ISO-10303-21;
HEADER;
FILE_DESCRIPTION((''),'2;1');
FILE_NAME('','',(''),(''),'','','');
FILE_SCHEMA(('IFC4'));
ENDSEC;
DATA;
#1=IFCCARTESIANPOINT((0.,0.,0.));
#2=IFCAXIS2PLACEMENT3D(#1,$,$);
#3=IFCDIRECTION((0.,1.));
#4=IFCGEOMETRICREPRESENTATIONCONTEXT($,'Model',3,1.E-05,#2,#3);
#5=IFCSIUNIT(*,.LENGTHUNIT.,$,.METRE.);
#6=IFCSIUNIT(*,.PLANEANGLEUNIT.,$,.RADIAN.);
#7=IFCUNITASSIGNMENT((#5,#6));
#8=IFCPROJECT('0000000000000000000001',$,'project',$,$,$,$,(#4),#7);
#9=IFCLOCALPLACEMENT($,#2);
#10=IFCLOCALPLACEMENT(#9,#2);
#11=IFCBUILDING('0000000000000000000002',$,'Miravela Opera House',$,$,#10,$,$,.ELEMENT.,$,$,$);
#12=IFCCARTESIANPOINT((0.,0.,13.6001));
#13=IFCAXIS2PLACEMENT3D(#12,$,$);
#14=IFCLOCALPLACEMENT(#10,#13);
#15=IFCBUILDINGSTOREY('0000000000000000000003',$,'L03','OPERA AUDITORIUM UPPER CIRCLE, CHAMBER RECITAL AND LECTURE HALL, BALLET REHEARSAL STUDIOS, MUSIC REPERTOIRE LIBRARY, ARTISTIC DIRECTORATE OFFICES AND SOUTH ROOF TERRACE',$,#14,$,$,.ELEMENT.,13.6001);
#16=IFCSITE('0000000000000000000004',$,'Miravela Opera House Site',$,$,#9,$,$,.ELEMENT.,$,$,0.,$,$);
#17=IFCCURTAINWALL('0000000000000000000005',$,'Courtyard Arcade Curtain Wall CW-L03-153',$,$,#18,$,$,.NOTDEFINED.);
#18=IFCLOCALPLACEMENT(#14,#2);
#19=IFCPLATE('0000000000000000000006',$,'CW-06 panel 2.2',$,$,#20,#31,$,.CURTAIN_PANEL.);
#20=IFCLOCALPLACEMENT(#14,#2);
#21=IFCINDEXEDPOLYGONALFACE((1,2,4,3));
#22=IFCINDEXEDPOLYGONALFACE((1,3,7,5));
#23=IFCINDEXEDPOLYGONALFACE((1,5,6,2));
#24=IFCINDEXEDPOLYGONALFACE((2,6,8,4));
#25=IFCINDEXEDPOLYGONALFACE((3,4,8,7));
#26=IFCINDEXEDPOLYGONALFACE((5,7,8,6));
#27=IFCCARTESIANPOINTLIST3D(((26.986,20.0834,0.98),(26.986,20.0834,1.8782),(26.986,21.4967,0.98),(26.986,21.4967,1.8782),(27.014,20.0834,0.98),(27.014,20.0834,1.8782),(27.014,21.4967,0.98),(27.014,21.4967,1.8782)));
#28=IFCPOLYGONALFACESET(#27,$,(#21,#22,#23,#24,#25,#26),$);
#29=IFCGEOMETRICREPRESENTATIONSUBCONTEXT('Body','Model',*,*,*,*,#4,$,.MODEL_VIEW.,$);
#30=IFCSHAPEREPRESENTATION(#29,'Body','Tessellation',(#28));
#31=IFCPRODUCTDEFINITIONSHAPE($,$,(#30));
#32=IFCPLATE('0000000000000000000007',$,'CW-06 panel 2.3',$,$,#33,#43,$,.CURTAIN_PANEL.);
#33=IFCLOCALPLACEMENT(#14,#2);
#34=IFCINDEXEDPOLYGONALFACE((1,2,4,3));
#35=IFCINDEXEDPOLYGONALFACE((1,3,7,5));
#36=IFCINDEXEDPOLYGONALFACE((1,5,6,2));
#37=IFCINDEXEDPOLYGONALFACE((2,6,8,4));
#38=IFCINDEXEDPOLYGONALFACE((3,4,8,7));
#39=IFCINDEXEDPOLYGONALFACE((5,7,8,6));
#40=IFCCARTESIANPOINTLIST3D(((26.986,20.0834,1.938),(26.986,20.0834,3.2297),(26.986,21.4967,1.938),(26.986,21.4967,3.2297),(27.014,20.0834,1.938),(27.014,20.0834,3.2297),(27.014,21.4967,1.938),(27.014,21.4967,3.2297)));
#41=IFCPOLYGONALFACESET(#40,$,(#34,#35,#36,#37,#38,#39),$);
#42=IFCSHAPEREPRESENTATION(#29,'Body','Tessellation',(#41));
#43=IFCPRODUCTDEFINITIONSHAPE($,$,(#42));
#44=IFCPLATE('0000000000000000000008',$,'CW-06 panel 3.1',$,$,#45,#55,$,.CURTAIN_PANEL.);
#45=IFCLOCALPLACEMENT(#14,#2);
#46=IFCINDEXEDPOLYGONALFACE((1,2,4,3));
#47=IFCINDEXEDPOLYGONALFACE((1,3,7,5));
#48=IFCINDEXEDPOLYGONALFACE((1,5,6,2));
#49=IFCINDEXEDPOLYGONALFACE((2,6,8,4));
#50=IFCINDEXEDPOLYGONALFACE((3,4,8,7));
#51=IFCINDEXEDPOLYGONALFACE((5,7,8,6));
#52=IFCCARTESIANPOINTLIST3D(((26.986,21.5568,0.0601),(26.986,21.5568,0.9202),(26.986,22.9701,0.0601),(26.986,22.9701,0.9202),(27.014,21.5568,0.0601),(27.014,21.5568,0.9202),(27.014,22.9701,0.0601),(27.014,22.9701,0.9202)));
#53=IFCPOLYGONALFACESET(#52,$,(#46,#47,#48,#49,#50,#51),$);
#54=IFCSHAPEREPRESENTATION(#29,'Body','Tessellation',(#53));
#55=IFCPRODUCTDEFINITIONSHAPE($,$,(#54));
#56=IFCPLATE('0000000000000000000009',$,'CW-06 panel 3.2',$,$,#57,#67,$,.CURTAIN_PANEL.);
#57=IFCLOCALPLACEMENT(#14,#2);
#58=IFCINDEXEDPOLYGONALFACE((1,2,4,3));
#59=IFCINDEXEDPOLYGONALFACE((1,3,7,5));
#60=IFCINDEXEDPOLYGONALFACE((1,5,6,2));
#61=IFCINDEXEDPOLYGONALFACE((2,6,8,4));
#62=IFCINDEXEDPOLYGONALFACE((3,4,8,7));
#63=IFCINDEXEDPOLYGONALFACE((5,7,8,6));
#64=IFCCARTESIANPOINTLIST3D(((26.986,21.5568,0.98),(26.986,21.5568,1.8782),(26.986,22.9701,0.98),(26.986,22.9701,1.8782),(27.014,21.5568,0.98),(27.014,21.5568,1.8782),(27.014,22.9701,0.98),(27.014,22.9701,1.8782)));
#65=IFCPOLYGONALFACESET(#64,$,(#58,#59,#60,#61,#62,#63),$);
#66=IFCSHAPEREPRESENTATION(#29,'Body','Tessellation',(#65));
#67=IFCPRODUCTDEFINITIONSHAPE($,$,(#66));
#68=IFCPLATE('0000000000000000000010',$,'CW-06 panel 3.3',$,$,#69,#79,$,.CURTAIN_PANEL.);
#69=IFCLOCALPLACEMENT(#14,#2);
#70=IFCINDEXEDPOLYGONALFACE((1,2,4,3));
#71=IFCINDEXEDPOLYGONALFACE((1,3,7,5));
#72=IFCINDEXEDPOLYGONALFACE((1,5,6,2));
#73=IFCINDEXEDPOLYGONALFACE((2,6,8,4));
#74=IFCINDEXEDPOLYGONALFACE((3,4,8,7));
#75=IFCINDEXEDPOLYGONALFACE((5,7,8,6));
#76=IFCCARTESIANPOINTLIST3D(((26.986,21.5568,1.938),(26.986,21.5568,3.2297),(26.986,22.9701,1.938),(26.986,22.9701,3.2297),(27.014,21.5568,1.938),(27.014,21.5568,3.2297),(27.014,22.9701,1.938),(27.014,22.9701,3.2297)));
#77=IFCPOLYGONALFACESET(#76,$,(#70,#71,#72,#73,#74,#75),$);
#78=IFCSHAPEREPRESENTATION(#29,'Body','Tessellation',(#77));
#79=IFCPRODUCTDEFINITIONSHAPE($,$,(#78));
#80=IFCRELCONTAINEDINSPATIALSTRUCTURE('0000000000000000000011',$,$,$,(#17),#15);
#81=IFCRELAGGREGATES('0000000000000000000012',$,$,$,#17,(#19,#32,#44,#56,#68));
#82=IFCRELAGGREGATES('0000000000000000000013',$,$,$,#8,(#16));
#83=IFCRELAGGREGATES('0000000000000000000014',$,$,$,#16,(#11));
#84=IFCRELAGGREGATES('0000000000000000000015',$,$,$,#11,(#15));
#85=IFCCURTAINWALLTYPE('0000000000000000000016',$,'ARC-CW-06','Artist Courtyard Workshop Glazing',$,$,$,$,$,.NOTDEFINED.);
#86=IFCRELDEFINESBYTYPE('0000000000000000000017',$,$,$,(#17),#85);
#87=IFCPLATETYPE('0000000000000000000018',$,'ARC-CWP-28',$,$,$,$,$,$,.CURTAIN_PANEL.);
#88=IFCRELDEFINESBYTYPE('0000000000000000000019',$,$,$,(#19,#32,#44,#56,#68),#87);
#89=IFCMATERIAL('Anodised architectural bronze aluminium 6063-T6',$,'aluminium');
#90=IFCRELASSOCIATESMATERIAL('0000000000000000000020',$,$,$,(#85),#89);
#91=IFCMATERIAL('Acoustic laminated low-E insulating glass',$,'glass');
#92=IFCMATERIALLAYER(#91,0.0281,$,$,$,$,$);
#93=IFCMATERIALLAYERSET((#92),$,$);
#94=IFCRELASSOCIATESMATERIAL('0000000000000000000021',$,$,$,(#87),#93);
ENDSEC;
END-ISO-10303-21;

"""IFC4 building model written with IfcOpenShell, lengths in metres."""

from ifc_helpers import new_model, si_unit, direction, frame, origin, origin_2d, place, context, subcontext, project, spatial, rectangle, extrude, material, layer, layer_set, type_object, element, aggregate, save


model = new_model("IFC4")

# Units and contexts
model_context = context("Model", 3, precision=1e-05, world=origin(), true_north=direction((0.0, 1.0)))
body_context = subcontext(model_context, "Body", "Model", "MODEL_VIEW")
ifc_project = project(units=[si_unit("LENGTHUNIT", "METRE"), si_unit("PLANEANGLEUNIT", "RADIAN")], contexts=[model_context])

# Site, building, storey
site_placement = place(None, origin())
site = spatial("IfcSite", under=ifc_project, at=site_placement, Name="Miravela Opera House Site", CompositionType="ELEMENT", RefElevation=0.0)
building_placement = place(site_placement, origin())
building = spatial("IfcBuilding", under=site, at=building_placement, Name="Miravela Opera House", CompositionType="ELEMENT")
storey_placement = place(building_placement, frame((0.0, 0.0, 13.6001)))
storey = spatial("IfcBuildingStorey", under=building, at=storey_placement, Name="L03", Description="OPERA AUDITORIUM UPPER CIRCLE, CHAMBER RECITAL AND LECTURE HALL, BALLET REHEARSAL STUDIOS, MUSIC REPERTOIRE LIBRARY, ARTISTIC DIRECTORATE OFFICES AND SOUTH ROOF TERRACE", CompositionType="ELEMENT", Elevation=13.6001)

# Curtain wall, plates
ifc_material_1 = material(Name="Anodised architectural bronze aluminium 6063-T6", Category="aluminium")
curtain_wall_type = type_object("IfcCurtainWallType", Name="ARC-CW-06", Description="Artist Courtyard Workshop Glazing", PredefinedType="NOTDEFINED", material=ifc_material_1)
curtain_wall_placement = place(storey_placement, origin())
curtain_wall = element("IfcCurtainWall", 1, at=curtain_wall_placement, inside=storey, type_object=curtain_wall_type, Name="Courtyard Arcade Curtain Wall CW-L03-153", PredefinedType="NOTDEFINED")
ifc_material_2 = material(Name="Acoustic laminated low-E insulating glass", Category="glass")
ifc_layer = layer(ifc_material_2, 0.0281)
ifc_layer_set = layer_set([ifc_layer])
plate_type = type_object("IfcPlateType", Name="ARC-CWP-28", PredefinedType="CURTAIN_PANEL", material=ifc_layer_set)
plate_1_placement = place(storey_placement, frame((27.0, 20.79, 0.98), z_axis=(0.0, 0.0, 1.0), x_axis=(0.0, 1.0, 0.0)))
plate_1 = element("IfcPlate", 2, at=plate_1_placement, type_object=plate_type, Name="CW-06 panel 2.2", PredefinedType="CURTAIN_PANEL", context=body_context, shape_type="SweptSolid", body=[
    extrude(rectangle(XDim=1.4133, YDim=0.0281, at=origin_2d()), origin(), (0.0, 0.0, 1.0), 0.8982),
])
plate_2_placement = place(storey_placement, frame((27.0, 20.79, 1.938), z_axis=(0.0, 0.0, 1.0), x_axis=(0.0, 1.0, 0.0)))
plate_2 = element("IfcPlate", 3, at=plate_2_placement, type_object=plate_type, Name="CW-06 panel 2.3", PredefinedType="CURTAIN_PANEL", context=body_context, shape_type="SweptSolid", body=[
    extrude(rectangle(XDim=1.4133, YDim=0.0281, at=origin_2d()), origin(), (0.0, 0.0, 1.0), 1.2917),
])
plate_3_placement = place(storey_placement, frame((27.0, 22.2634, 0.0601), z_axis=(0.0, 0.0, 1.0), x_axis=(0.0, 1.0, 0.0)))
plate_3 = element("IfcPlate", 4, at=plate_3_placement, type_object=plate_type, Name="CW-06 panel 3.1", PredefinedType="CURTAIN_PANEL", context=body_context, shape_type="SweptSolid", body=[
    extrude(rectangle(XDim=1.4133, YDim=0.0281, at=origin_2d()), origin(), (0.0, 0.0, 1.0), 0.8601),
])
plate_4_placement = place(storey_placement, frame((27.0, 22.2634, 0.98), z_axis=(0.0, 0.0, 1.0), x_axis=(0.0, 1.0, 0.0)))
plate_4 = element("IfcPlate", 5, at=plate_4_placement, type_object=plate_type, Name="CW-06 panel 3.2", PredefinedType="CURTAIN_PANEL", context=body_context, shape_type="SweptSolid", body=[
    extrude(rectangle(XDim=1.4133, YDim=0.0281, at=origin_2d()), origin(), (0.0, 0.0, 1.0), 0.8982),
])
plate_5_placement = place(storey_placement, frame((27.0, 22.2634, 1.938), z_axis=(0.0, 0.0, 1.0), x_axis=(0.0, 1.0, 0.0)))
plate_5 = element("IfcPlate", 6, at=plate_5_placement, type_object=plate_type, Name="CW-06 panel 3.3", PredefinedType="CURTAIN_PANEL", context=body_context, shape_type="SweptSolid", body=[
    extrude(rectangle(XDim=1.4133, YDim=0.0281, at=origin_2d()), origin(), (0.0, 0.0, 1.0), 1.2917),
])
aggregate(curtain_wall, [plate_1, plate_2, plate_3, plate_4, plate_5])

save(model, "model.ifc")
